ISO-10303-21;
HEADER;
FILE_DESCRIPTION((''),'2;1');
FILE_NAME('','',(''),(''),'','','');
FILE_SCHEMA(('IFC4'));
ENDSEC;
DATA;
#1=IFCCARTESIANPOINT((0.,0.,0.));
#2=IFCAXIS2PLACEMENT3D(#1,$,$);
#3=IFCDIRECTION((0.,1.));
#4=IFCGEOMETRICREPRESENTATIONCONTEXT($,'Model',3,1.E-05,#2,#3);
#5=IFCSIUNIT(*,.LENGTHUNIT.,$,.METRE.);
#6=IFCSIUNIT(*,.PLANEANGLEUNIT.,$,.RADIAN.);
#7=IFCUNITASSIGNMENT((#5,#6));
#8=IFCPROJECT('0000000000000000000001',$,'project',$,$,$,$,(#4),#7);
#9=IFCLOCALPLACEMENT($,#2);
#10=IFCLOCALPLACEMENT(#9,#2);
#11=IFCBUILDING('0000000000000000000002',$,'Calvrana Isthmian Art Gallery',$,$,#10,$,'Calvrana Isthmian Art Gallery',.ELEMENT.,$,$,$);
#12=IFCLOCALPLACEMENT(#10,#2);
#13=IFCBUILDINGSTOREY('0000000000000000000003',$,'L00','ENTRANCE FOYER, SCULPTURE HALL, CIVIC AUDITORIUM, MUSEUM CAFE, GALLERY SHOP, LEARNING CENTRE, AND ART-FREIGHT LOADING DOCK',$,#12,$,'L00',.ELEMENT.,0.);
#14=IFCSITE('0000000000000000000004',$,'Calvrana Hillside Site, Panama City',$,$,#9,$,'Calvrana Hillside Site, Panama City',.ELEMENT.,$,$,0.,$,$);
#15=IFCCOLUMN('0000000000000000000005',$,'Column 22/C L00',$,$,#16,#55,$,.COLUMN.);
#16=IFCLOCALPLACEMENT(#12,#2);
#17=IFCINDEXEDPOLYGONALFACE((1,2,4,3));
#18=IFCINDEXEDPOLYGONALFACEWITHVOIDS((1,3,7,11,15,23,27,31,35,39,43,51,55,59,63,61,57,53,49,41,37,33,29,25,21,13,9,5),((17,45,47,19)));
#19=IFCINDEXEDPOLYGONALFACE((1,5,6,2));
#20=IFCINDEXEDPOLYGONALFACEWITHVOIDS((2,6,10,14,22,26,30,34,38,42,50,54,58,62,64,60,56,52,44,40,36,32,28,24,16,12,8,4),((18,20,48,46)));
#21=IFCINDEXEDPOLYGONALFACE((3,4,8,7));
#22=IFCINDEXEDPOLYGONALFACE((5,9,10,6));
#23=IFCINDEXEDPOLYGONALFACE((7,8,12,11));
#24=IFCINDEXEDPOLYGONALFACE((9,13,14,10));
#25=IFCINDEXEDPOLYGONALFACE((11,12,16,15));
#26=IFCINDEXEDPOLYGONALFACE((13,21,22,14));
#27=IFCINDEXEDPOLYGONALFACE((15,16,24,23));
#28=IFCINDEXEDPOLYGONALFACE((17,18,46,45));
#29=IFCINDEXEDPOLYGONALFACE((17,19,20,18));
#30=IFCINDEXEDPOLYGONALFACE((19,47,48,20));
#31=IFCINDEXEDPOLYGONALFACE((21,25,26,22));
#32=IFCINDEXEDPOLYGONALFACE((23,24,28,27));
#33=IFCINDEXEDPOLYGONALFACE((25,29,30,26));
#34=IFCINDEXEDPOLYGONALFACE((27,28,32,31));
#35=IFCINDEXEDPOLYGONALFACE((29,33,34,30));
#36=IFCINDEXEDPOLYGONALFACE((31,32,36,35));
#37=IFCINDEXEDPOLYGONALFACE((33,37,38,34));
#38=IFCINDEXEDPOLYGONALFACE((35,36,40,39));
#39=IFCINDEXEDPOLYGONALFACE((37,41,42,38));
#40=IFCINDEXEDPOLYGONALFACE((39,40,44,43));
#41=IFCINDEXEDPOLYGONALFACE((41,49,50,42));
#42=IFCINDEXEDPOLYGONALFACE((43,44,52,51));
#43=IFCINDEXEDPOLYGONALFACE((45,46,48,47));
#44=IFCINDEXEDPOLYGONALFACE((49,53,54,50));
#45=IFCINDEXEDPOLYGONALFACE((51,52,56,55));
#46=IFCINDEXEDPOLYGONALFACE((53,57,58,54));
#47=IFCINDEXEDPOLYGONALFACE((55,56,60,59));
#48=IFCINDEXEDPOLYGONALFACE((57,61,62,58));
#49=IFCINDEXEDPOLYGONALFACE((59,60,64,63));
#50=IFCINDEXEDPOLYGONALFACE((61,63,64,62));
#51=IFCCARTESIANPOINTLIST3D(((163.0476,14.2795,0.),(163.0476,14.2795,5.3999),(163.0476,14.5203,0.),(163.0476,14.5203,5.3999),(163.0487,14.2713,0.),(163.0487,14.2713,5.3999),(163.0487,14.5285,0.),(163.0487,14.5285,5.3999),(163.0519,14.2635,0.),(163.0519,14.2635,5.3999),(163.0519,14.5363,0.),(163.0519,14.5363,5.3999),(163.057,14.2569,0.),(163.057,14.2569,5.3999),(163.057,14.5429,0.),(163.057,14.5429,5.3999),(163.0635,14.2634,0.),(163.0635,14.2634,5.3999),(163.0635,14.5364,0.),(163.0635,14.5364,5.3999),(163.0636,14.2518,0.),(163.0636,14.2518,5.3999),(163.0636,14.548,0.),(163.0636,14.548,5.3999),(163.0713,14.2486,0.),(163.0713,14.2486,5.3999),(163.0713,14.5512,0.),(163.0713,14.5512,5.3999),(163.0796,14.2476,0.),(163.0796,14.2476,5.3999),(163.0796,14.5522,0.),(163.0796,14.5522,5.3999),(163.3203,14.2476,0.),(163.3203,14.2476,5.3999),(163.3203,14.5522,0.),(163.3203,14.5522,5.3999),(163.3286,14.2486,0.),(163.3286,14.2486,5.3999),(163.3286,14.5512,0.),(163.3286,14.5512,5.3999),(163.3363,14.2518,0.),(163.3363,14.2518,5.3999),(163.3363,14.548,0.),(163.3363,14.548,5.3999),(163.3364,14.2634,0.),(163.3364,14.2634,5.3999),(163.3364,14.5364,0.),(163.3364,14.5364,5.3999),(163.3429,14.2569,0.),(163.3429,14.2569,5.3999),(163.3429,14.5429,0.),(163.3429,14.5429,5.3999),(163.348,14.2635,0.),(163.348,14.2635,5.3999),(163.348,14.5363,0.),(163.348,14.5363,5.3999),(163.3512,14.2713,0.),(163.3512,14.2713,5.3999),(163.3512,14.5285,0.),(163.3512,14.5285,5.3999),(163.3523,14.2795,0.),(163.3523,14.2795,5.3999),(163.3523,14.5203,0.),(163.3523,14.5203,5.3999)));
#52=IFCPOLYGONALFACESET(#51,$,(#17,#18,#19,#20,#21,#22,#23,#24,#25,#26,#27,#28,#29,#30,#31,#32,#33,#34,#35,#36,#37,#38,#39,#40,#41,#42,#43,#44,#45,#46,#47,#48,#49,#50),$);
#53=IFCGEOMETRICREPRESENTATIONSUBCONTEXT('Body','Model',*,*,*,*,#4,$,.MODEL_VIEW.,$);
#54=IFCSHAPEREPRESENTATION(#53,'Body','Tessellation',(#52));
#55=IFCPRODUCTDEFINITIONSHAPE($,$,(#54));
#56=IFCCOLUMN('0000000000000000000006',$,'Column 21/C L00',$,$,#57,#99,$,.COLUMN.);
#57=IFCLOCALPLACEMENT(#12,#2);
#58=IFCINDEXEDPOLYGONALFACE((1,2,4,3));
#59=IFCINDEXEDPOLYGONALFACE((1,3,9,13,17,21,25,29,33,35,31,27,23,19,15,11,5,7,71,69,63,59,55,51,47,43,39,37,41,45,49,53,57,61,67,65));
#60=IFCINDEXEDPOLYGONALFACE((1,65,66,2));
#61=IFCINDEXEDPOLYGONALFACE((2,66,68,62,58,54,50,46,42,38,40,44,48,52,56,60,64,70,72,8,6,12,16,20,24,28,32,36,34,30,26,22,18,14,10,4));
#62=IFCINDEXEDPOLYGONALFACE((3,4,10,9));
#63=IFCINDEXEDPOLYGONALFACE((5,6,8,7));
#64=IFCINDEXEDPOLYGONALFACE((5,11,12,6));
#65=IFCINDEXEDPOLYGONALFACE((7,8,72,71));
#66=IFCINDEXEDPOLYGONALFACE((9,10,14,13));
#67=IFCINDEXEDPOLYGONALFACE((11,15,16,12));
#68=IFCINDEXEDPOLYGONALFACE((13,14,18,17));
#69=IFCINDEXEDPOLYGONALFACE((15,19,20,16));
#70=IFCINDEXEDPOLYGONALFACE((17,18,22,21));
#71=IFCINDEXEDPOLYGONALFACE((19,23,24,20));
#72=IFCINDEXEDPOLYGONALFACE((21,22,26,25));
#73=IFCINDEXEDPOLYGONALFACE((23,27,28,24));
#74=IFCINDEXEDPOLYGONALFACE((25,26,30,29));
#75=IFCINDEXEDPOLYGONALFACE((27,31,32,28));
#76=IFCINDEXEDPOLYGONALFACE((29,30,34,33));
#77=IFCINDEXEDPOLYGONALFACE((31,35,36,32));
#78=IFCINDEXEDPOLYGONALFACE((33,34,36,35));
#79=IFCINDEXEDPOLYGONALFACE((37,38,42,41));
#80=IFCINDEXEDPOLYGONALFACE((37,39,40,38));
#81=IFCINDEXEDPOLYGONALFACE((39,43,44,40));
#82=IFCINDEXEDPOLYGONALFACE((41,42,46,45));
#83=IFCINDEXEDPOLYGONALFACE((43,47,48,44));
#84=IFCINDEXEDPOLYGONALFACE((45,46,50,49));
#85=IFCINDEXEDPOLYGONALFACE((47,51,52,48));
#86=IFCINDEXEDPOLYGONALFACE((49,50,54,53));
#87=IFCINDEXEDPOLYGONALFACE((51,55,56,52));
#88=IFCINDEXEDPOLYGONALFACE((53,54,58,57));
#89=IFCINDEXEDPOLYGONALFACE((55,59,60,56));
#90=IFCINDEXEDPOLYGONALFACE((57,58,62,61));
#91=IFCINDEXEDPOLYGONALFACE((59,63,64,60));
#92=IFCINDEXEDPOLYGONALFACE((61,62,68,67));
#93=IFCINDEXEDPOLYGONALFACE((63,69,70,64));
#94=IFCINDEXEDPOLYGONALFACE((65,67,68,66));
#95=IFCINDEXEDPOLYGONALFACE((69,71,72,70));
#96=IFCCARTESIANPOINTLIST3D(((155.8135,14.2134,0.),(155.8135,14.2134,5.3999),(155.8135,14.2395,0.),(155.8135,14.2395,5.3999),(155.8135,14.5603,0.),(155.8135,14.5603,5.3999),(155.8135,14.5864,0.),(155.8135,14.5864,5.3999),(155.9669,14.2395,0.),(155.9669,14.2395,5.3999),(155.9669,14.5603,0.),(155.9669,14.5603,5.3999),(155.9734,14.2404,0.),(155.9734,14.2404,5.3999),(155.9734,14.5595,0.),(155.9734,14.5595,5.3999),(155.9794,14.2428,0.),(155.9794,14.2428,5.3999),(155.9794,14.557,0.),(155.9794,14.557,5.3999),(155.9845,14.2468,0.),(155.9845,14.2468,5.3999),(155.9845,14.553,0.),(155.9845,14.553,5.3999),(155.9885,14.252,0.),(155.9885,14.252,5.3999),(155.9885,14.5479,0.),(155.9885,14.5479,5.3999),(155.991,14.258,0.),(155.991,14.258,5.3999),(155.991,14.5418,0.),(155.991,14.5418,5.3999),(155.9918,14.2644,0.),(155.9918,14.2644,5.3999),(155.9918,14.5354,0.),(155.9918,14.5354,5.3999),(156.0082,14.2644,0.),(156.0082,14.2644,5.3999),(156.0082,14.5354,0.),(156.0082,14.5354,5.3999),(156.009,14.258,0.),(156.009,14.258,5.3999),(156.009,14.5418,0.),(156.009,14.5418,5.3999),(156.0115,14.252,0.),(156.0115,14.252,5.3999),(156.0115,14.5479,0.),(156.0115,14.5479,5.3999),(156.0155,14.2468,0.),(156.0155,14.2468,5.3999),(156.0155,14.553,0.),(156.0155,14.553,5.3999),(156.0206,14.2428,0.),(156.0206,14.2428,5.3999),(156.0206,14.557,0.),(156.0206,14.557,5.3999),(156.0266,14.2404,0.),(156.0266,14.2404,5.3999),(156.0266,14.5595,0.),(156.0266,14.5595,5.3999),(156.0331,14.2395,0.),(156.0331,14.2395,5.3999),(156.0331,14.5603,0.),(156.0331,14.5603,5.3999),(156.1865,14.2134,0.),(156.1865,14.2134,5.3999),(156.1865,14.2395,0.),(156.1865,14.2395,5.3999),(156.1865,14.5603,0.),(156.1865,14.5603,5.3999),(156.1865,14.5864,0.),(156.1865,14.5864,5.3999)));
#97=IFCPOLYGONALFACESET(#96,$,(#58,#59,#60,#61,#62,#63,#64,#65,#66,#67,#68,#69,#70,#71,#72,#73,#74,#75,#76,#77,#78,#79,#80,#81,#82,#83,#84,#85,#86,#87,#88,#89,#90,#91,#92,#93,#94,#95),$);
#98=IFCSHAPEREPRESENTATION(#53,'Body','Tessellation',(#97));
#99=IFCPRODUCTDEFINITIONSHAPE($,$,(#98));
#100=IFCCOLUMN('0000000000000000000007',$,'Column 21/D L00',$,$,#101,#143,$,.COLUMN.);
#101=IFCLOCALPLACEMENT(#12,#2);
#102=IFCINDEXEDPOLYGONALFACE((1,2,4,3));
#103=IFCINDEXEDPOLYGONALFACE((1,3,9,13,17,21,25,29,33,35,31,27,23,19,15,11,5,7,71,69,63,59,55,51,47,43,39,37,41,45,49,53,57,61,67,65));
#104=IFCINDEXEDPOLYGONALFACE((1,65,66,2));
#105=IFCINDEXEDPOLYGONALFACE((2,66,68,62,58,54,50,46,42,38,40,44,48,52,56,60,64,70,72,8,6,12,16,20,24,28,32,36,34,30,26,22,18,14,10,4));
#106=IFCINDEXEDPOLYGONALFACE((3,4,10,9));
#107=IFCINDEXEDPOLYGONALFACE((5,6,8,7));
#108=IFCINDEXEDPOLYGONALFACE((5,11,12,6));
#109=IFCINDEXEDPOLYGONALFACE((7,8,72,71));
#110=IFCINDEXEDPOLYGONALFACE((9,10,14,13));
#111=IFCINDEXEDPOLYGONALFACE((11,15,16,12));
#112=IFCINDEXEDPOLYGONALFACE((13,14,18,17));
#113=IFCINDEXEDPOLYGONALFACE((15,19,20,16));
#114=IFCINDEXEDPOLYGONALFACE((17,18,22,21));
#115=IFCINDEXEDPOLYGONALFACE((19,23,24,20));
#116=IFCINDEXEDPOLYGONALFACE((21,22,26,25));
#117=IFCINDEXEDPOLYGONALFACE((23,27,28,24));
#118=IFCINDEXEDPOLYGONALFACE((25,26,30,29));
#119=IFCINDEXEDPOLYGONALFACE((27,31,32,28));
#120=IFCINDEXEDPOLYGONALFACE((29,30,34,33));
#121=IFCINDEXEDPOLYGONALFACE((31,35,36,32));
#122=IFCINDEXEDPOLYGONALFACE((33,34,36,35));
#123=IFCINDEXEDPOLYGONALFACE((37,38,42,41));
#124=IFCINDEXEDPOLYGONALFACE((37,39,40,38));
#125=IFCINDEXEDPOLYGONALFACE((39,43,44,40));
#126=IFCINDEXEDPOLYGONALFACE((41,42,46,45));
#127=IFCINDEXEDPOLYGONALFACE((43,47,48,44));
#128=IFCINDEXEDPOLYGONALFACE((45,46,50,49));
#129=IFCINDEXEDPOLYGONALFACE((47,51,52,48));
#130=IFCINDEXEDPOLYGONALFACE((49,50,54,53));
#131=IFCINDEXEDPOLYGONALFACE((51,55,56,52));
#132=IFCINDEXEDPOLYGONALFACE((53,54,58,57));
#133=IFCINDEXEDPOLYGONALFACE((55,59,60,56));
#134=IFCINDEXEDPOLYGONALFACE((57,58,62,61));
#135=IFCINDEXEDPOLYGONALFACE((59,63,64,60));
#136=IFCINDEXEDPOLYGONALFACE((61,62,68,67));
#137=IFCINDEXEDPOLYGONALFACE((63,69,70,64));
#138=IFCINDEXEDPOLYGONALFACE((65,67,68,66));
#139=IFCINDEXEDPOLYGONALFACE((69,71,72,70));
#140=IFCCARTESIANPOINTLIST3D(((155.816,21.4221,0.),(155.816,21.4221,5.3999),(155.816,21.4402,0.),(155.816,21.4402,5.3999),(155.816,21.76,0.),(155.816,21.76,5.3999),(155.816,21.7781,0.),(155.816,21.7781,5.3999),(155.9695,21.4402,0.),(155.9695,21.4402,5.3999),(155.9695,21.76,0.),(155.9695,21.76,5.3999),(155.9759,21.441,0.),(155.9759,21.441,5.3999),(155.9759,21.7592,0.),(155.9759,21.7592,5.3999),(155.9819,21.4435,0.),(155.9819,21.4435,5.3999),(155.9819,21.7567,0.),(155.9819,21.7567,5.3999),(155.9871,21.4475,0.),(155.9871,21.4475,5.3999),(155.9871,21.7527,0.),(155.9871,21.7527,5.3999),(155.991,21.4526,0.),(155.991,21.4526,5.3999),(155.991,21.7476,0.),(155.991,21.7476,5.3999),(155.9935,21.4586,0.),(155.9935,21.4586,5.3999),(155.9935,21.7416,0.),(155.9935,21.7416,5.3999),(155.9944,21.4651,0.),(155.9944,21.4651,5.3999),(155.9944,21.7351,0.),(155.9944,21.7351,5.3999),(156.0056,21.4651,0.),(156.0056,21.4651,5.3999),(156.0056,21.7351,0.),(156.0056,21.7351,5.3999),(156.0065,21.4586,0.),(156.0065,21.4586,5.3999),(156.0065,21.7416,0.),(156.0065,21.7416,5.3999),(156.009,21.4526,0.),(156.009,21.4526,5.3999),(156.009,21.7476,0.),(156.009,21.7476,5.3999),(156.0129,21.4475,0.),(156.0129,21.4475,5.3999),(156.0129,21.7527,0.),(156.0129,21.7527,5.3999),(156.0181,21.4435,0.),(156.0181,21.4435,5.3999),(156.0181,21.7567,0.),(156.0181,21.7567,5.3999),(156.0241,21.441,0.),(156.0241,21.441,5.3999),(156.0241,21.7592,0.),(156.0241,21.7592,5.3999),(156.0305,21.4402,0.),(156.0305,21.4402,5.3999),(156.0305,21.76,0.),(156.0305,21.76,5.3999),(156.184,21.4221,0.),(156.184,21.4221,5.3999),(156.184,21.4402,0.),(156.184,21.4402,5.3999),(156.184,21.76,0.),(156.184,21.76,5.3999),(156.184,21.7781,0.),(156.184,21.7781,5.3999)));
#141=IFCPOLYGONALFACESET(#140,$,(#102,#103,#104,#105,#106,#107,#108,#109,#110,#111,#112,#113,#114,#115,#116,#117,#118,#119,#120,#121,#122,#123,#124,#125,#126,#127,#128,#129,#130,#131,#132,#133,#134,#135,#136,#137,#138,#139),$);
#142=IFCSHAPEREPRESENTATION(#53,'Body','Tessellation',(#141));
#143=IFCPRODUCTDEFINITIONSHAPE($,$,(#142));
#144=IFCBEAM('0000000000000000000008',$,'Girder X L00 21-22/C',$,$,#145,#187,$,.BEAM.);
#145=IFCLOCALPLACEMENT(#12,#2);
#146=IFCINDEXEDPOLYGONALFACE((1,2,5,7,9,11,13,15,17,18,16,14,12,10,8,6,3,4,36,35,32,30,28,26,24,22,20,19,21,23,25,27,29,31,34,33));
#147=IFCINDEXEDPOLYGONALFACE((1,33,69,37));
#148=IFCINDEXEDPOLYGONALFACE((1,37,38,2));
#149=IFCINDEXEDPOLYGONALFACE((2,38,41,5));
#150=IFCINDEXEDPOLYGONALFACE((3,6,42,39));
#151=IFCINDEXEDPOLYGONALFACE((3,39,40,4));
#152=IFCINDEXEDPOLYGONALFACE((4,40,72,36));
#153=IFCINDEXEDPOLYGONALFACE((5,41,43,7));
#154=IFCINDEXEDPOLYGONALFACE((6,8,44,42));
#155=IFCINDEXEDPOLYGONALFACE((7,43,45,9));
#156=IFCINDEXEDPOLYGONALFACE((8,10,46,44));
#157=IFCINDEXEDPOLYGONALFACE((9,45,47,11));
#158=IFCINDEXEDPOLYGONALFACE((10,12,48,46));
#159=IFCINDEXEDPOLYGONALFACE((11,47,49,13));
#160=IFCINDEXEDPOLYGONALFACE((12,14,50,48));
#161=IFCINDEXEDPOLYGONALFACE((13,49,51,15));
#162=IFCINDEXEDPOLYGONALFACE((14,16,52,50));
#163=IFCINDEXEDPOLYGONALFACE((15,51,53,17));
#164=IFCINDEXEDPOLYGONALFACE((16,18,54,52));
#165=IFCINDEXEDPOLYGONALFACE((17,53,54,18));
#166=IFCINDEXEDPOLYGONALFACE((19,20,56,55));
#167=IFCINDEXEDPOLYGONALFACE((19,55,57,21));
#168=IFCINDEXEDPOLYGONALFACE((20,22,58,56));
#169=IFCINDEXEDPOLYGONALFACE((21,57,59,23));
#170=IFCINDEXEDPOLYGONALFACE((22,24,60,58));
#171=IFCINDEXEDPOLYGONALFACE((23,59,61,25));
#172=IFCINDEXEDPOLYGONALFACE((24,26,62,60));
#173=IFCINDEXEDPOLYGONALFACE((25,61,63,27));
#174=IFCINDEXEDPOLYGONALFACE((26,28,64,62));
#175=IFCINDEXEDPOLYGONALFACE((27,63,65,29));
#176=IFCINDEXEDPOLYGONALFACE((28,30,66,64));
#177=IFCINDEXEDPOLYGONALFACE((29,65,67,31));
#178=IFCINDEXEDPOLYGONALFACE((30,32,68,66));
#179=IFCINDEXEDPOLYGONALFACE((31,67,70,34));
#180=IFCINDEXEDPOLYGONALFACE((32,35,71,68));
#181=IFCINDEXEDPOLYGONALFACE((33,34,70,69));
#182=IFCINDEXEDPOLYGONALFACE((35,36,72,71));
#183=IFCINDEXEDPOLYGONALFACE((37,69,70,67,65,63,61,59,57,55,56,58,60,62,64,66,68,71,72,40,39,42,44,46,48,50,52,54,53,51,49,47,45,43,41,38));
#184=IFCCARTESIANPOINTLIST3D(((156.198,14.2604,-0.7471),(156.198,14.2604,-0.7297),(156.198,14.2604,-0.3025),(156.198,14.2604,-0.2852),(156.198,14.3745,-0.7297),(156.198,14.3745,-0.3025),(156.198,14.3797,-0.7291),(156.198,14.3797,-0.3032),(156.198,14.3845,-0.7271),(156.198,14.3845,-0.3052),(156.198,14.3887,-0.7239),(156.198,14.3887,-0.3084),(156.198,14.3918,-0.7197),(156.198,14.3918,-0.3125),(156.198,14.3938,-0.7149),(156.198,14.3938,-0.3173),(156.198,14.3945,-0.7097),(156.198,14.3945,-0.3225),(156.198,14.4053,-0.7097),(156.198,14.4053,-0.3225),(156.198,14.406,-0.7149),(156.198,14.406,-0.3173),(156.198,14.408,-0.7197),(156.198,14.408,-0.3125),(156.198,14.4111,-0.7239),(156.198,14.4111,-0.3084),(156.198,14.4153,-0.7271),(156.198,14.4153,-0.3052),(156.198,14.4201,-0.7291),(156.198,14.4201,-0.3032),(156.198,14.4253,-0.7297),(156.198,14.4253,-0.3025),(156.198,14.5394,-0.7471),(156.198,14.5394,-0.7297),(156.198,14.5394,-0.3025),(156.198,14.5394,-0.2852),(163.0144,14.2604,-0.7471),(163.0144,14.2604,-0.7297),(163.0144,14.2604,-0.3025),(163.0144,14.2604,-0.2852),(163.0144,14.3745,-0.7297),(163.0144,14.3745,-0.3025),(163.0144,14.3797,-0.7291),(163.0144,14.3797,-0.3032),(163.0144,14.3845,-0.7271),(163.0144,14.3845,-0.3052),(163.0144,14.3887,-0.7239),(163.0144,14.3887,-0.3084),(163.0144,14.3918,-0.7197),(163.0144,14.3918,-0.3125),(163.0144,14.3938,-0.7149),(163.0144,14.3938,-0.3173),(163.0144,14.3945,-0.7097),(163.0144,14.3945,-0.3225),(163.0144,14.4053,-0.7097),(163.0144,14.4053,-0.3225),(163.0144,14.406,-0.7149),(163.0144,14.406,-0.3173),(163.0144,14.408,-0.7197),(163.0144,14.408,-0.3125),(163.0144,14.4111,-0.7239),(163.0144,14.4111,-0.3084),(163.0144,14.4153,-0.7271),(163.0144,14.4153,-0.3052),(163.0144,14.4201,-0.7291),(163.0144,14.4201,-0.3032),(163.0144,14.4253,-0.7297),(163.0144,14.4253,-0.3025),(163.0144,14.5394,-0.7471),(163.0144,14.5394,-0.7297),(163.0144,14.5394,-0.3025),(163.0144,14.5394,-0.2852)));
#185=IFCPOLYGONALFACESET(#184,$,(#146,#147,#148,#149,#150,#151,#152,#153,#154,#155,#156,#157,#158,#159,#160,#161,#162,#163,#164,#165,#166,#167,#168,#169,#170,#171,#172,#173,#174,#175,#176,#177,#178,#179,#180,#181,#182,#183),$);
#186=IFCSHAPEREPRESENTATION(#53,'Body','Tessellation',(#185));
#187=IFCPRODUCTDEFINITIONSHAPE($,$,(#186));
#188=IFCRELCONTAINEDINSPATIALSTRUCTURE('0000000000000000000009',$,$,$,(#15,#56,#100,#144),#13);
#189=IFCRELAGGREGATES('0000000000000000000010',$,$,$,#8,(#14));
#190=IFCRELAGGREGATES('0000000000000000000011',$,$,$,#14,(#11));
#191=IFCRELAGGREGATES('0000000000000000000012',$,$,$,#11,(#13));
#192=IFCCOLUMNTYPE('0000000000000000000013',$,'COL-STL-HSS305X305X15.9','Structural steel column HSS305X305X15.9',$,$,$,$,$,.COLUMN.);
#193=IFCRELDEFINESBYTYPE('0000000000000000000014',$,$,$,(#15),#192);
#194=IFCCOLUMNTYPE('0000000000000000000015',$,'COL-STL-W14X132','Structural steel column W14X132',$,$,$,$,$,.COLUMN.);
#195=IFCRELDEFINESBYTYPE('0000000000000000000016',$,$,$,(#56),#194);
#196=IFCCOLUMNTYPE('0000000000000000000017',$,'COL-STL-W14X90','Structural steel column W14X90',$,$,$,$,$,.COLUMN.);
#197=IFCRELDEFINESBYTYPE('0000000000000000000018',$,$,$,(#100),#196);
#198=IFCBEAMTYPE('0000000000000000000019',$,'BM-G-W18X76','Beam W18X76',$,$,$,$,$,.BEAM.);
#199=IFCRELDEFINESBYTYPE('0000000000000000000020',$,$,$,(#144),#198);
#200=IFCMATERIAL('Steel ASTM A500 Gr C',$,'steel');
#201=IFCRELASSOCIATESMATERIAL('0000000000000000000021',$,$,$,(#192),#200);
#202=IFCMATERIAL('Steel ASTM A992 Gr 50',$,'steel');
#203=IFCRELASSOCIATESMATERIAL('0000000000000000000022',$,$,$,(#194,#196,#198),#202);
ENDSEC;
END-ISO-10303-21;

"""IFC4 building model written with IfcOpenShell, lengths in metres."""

from ifc_helpers import new_model, si_unit, direction, frame, origin, origin_2d, place, context, subcontext, project, spatial, hollow_rectangle, i_section, extrude, material, material_profile, profile_set, type_object, element, save


model = new_model("IFC4")

# Units and contexts
model_context = context("Model", 3, precision=1e-05, world=origin(), true_north=direction((0.0, 1.0)))
body_context = subcontext(model_context, "Body", "Model", "MODEL_VIEW")
ifc_project = project(units=[si_unit("LENGTHUNIT", "METRE"), si_unit("PLANEANGLEUNIT", "RADIAN")], contexts=[model_context])

# Site, building, storey
site_placement = place(None, origin())
site = spatial("IfcSite", under=ifc_project, at=site_placement, Name="Calvrana Hillside Site, Panama City", LongName="Calvrana Hillside Site, Panama City", CompositionType="ELEMENT", RefElevation=0.0)
building_placement = place(site_placement, origin())
building = spatial("IfcBuilding", under=site, at=building_placement, Name="Calvrana Isthmian Art Gallery", LongName="Calvrana Isthmian Art Gallery", CompositionType="ELEMENT")
storey_placement = place(building_placement, origin())
storey = spatial("IfcBuildingStorey", under=building, at=storey_placement, Name="L00", Description="ENTRANCE FOYER, SCULPTURE HALL, CIVIC AUDITORIUM, MUSEUM CAFE, GALLERY SHOP, LEARNING CENTRE, AND ART-FREIGHT LOADING DOCK", LongName="L00", CompositionType="ELEMENT", Elevation=0.0)

# Columns
ifc_material_1 = material(Name="Steel ASTM A500 Gr C", Category="steel")
ifc_material_profile_1 = material_profile(ifc_material_1, hollow_rectangle(XDim=0.3047, YDim=0.3047, WallThickness=0.0159, OuterFilletRadius=0.032, at=origin_2d()), Name="HSS305X305X15.9")
ifc_profile_set_1 = profile_set([ifc_material_profile_1], Name="Steel ASTM A500 Gr C")
column_type_1 = type_object("IfcColumnType", Name="COL-STL-HSS305X305X15.9", Description="Structural steel column HSS305X305X15.9", PredefinedType="COLUMN", material=ifc_profile_set_1)
column_1_placement = place(storey_placement, frame((163.2, 14.3999, 0.0), z_axis=(0.0, 0.0, 1.0), x_axis=(1.0, 0.0, 0.0)))
element("IfcColumn", 1, at=column_1_placement, inside=storey, type_object=column_type_1, Name="Column 22/C L00", PredefinedType="COLUMN", context=body_context, shape_type="SweptSolid", body=[
    extrude(hollow_rectangle(XDim=0.3047, YDim=0.3047, WallThickness=0.0159, OuterFilletRadius=0.032, at=origin_2d()), origin(), (0.0, 0.0, 1.0), 5.3999),
])
ifc_material_2 = material(Name="Steel ASTM A992 Gr 50", Category="steel")
ifc_material_profile_2 = material_profile(ifc_material_2, i_section(OverallWidth=0.373, OverallDepth=0.373, WebThickness=0.0164, FlangeThickness=0.0261, FilletRadius=0.0249, at=origin_2d()), Name="W14X132")
ifc_profile_set_2 = profile_set([ifc_material_profile_2], Name="Steel ASTM A992 Gr 50")
column_type_2 = type_object("IfcColumnType", Name="COL-STL-W14X132", Description="Structural steel column W14X132", PredefinedType="COLUMN", material=ifc_profile_set_2)
column_2_placement = place(storey_placement, frame((156.0, 14.3999, 0.0), z_axis=(0.0, 0.0, 1.0), x_axis=(1.0, 0.0, 0.0)))
element("IfcColumn", 2, at=column_2_placement, inside=storey, type_object=column_type_2, Name="Column 21/C L00", PredefinedType="COLUMN", context=body_context, shape_type="SweptSolid", body=[
    extrude(i_section(OverallWidth=0.373, OverallDepth=0.373, WebThickness=0.0164, FlangeThickness=0.0261, FilletRadius=0.0249, at=origin_2d()), origin(), (0.0, 0.0, 1.0), 5.3999),
])
ifc_material_profile_3 = material_profile(ifc_material_2, i_section(OverallWidth=0.3679, OverallDepth=0.356, WebThickness=0.0112, FlangeThickness=0.0181, FilletRadius=0.0249, at=origin_2d()), Name="W14X90")
ifc_profile_set_3 = profile_set([ifc_material_profile_3], Name="Steel ASTM A992 Gr 50")
column_type_3 = type_object("IfcColumnType", Name="COL-STL-W14X90", Description="Structural steel column W14X90", PredefinedType="COLUMN", material=ifc_profile_set_3)
column_3_placement = place(storey_placement, frame((156.0, 21.6001, 0.0), z_axis=(0.0, 0.0, 1.0), x_axis=(1.0, 0.0, 0.0)))
element("IfcColumn", 3, at=column_3_placement, inside=storey, type_object=column_type_3, Name="Column 21/D L00", PredefinedType="COLUMN", context=body_context, shape_type="SweptSolid", body=[
    extrude(i_section(OverallWidth=0.3679, OverallDepth=0.356, WebThickness=0.0112, FlangeThickness=0.0181, FilletRadius=0.0249, at=origin_2d()), origin(), (0.0, 0.0, 1.0), 5.3999),
])

# Beam
ifc_material_profile_4 = material_profile(ifc_material_2, i_section(OverallWidth=0.2791, OverallDepth=0.4619, WebThickness=0.0107, FlangeThickness=0.0173, FilletRadius=0.02, at=origin_2d()), Name="W18X76")
ifc_profile_set_4 = profile_set([ifc_material_profile_4], Name="Steel ASTM A992 Gr 50")
beam_type_1 = type_object("IfcBeamType", Name="BM-G-W18X76", Description="Beam W18X76", PredefinedType="BEAM", material=ifc_profile_set_4)
for number, where, z_axis, x_axis, name in (
    (4, (156.198, 14.3999, -0.5161), (1.0, 0.0, 0.0), (0.0, 1.0, 0.0), "Girder X L00 21-22/C"),
):
    element("IfcBeam", number, at=place(storey_placement, frame(where, z_axis=z_axis, x_axis=x_axis)), inside=storey, type_object=beam_type_1, Name=name, PredefinedType="BEAM", context=body_context, shape_type="SweptSolid", body=[
        extrude(i_section(OverallWidth=0.2791, OverallDepth=0.4619, WebThickness=0.0107, FlangeThickness=0.0173, FilletRadius=0.02, at=origin_2d()), origin(), (0.0, 0.0, 1.0), 6.8164),
    ])

save(model, "model.ifc")
